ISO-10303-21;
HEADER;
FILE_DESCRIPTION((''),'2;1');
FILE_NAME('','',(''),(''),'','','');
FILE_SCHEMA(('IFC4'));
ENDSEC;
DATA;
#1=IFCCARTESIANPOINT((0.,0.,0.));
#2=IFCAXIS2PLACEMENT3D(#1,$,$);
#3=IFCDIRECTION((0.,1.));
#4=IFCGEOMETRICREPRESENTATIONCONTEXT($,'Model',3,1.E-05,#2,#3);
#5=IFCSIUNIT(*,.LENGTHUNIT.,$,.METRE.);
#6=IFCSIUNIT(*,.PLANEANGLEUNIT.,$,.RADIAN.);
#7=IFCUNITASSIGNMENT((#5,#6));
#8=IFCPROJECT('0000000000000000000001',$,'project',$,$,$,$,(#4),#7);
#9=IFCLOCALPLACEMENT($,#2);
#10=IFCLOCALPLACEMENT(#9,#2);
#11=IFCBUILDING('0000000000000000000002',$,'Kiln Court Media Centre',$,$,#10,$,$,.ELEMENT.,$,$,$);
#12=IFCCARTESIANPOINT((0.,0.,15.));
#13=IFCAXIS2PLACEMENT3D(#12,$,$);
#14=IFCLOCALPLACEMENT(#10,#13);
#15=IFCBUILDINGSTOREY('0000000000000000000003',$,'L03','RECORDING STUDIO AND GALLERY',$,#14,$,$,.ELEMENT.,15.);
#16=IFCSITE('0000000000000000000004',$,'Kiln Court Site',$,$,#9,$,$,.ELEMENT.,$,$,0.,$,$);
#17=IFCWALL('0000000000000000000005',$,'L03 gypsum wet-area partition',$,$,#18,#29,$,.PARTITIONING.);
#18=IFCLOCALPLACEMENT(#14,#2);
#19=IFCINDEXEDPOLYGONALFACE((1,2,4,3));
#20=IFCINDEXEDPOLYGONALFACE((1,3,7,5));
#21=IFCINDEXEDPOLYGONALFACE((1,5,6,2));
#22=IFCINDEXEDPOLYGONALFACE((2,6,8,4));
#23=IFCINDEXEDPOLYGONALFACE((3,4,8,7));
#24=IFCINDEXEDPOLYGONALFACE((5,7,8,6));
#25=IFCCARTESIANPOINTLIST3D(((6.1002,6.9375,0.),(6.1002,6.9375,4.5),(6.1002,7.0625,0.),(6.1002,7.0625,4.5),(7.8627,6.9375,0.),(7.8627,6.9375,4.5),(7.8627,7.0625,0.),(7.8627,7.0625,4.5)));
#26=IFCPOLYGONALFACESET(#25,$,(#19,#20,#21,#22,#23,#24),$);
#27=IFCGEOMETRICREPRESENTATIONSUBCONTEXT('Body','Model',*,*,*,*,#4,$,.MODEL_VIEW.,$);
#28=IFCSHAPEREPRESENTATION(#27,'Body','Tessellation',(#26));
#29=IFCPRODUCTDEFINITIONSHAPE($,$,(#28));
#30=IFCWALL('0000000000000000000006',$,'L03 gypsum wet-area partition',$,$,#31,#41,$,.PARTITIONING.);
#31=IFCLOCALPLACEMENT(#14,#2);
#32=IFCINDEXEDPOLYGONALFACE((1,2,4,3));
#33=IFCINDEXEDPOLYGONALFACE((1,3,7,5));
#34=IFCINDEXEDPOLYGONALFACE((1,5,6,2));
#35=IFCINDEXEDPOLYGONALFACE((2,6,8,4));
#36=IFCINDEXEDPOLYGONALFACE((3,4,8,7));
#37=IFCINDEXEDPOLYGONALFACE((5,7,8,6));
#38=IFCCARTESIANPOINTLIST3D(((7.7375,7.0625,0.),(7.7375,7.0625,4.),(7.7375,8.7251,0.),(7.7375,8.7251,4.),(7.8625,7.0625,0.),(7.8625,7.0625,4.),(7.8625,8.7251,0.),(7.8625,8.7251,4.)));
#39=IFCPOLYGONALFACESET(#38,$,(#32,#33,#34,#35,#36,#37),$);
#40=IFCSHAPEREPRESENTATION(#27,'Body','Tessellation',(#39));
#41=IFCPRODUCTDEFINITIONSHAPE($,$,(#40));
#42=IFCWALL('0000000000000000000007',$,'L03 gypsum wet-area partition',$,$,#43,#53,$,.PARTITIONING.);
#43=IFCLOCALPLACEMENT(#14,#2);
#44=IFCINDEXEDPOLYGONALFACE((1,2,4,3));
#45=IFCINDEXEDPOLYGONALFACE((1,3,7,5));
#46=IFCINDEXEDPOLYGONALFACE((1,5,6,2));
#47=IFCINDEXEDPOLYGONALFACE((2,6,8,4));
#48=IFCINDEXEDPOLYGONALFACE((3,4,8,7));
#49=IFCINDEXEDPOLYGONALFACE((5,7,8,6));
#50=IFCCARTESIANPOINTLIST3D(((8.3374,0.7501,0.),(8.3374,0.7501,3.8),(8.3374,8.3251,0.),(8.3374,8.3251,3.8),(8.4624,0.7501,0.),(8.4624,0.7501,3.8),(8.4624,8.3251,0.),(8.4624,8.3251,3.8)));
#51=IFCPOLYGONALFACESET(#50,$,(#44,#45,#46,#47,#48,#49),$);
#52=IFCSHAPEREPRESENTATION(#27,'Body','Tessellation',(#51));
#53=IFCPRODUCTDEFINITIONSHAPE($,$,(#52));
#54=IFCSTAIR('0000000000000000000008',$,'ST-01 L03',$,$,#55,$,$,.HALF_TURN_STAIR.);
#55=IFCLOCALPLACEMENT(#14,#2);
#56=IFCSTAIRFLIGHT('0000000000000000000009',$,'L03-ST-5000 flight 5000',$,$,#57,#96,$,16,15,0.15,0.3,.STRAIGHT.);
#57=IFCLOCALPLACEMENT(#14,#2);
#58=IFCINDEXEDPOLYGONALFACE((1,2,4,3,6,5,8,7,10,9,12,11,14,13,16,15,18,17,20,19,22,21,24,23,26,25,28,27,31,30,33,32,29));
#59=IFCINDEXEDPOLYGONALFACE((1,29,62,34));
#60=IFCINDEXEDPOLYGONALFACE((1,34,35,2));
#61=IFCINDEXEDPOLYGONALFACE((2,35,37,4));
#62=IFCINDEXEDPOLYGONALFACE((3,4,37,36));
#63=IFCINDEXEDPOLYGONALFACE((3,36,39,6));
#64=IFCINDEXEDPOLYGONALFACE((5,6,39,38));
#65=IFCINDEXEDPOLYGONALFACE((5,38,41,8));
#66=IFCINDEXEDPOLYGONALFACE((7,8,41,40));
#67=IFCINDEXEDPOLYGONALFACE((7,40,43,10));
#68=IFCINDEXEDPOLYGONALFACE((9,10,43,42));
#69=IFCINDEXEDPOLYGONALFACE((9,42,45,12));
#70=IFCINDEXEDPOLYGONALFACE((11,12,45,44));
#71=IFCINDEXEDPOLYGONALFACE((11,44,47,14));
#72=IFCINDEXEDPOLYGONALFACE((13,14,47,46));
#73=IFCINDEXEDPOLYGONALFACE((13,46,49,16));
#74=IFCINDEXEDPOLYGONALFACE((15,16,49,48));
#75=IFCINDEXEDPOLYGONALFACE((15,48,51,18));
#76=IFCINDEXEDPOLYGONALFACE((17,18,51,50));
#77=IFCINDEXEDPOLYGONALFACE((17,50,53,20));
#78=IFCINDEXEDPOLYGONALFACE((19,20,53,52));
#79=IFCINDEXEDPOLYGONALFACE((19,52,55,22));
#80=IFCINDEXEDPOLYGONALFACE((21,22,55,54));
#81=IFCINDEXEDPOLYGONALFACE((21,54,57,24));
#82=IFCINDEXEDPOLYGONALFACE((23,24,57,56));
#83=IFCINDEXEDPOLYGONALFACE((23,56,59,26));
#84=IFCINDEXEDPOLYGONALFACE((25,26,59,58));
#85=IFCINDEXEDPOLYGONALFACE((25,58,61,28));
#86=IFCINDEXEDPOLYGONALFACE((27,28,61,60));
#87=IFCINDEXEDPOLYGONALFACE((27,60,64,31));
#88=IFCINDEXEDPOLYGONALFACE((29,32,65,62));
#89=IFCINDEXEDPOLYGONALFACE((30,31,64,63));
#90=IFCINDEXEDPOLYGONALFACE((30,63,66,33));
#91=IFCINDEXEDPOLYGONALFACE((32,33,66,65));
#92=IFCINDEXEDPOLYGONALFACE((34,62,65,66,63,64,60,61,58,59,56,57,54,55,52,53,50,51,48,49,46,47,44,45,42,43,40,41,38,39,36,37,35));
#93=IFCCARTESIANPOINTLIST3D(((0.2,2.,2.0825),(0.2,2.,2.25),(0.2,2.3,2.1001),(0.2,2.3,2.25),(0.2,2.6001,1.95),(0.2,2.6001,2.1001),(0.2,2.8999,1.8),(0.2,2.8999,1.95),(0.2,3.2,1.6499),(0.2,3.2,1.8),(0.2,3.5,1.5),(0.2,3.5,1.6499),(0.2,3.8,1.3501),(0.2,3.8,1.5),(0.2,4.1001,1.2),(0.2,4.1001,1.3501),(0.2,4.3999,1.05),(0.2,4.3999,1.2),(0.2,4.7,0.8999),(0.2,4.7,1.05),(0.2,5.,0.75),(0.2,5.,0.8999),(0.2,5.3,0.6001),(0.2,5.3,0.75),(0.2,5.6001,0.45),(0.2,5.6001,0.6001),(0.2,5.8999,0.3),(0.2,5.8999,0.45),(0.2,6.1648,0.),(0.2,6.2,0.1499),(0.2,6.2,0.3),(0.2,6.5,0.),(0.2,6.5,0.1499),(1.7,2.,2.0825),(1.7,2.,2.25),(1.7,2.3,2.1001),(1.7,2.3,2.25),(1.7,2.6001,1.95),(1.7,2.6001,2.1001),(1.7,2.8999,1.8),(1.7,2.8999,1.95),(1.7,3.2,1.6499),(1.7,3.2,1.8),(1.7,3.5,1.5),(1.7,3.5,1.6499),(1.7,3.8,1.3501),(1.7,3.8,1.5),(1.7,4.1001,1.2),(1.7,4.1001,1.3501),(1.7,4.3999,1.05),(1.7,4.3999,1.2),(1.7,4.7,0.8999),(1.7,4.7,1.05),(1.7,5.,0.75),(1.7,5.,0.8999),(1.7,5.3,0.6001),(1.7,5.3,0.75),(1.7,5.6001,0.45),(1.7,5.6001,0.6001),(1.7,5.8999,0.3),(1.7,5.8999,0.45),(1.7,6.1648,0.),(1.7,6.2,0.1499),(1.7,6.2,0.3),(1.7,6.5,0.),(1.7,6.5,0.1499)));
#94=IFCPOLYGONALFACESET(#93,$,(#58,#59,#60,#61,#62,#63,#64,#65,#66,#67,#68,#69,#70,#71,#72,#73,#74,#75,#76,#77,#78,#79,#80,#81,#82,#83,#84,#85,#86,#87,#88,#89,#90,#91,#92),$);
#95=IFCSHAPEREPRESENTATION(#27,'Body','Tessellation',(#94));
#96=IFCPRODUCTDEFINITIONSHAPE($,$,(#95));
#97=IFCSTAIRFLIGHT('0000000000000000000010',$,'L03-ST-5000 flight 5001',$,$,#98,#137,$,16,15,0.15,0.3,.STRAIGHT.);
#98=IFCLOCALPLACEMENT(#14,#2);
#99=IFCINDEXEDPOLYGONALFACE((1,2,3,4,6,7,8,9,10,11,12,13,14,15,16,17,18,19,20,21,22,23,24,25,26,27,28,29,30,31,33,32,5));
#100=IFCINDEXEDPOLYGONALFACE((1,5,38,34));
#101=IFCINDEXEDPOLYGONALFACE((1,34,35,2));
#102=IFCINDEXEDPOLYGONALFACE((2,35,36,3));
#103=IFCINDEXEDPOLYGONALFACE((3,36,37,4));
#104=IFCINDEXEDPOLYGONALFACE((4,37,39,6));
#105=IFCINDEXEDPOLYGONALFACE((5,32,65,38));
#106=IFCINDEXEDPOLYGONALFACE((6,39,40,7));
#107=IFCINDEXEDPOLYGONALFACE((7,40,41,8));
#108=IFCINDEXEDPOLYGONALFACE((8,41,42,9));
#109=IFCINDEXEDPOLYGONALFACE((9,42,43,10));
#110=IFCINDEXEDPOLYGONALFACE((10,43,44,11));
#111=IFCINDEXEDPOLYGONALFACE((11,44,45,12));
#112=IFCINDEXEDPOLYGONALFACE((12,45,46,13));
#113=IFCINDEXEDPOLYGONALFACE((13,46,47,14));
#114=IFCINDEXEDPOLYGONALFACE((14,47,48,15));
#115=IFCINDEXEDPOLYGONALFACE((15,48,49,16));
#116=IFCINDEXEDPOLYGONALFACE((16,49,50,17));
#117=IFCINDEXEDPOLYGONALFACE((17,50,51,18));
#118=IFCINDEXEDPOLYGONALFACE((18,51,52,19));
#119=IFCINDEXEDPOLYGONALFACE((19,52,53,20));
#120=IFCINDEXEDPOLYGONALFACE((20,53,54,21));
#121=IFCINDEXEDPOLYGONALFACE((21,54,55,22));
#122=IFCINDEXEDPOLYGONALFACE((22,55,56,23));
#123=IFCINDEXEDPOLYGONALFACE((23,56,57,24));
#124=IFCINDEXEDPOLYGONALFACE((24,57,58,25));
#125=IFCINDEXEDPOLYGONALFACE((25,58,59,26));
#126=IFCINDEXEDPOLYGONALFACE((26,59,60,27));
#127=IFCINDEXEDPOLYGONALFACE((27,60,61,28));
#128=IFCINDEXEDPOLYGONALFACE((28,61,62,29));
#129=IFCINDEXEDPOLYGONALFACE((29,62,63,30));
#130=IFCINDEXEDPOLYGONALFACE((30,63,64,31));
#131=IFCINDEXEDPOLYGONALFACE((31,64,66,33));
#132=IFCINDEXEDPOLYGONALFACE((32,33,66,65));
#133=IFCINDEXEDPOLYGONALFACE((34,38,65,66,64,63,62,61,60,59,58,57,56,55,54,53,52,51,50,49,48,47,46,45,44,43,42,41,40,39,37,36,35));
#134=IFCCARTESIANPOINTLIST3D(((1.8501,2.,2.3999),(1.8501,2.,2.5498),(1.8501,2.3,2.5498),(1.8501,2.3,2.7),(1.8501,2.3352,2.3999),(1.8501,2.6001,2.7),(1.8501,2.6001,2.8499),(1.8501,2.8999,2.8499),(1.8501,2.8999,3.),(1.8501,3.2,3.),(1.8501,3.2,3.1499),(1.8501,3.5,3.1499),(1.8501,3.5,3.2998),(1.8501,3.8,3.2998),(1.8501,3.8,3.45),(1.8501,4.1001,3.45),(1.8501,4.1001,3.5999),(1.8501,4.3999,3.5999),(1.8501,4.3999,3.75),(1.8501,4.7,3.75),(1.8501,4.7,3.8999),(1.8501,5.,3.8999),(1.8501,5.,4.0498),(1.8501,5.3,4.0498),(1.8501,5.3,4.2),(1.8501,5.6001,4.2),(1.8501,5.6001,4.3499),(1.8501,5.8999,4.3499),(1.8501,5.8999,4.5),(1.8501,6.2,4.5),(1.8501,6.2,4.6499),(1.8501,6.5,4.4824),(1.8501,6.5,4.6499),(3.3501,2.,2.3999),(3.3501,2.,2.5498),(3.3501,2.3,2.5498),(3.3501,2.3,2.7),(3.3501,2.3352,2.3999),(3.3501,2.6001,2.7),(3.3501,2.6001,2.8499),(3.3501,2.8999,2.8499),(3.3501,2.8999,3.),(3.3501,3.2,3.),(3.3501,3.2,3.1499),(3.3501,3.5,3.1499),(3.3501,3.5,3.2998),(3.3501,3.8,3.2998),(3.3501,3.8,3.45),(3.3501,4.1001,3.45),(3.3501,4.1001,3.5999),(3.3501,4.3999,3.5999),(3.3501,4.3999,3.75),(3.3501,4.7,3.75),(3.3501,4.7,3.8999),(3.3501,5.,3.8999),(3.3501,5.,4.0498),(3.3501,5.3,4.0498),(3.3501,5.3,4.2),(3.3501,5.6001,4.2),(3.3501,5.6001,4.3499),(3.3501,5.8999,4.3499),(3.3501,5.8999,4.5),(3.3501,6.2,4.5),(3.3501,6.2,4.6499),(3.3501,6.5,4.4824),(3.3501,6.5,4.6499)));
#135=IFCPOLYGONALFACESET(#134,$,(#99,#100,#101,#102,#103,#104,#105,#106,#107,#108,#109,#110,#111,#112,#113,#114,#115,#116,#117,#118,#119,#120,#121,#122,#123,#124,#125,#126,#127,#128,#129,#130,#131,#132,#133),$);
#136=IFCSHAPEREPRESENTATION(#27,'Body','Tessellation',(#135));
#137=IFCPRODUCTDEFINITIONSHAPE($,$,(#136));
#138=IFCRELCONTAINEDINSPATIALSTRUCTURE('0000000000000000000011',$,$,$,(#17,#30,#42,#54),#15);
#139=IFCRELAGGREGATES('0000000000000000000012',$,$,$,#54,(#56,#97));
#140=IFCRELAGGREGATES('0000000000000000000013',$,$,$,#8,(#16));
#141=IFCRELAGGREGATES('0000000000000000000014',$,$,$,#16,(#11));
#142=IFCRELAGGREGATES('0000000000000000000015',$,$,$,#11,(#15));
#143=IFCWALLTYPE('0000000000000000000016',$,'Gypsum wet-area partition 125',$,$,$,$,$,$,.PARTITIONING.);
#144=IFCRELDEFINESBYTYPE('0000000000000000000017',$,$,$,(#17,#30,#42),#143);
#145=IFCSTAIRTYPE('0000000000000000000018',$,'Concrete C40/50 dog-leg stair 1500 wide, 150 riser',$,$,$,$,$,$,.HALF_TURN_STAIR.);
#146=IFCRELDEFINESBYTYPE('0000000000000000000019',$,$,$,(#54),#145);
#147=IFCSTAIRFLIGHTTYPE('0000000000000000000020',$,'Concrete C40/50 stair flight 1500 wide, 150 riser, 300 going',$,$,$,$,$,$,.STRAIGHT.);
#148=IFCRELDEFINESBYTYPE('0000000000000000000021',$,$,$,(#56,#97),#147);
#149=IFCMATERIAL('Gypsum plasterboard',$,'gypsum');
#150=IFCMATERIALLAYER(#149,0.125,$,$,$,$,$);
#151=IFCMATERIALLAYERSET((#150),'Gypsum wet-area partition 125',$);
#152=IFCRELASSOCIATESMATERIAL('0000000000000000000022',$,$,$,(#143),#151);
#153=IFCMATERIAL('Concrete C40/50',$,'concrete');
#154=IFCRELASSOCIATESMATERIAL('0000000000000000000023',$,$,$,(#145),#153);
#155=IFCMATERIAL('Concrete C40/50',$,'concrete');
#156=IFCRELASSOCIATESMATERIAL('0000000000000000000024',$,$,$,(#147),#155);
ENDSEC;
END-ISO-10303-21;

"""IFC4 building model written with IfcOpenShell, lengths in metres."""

from ifc_helpers import new_model, si_unit, direction, frame, frame_2d, origin, place, context, subcontext, project, spatial, polyline, rectangle, outline, extrude, material, layer, layer_set, type_object, element, aggregate, save


model = new_model("IFC4")

# Units and contexts
model_context = context("Model", 3, precision=1e-05, world=origin(), true_north=direction((0.0, 1.0)))
body_context = subcontext(model_context, "Body", "Model", "MODEL_VIEW")
ifc_project = project(units=[si_unit("LENGTHUNIT", "METRE"), si_unit("PLANEANGLEUNIT", "RADIAN")], contexts=[model_context])

# Site, building, storey
site_placement = place(None, origin())
site = spatial("IfcSite", under=ifc_project, at=site_placement, Name="Kiln Court Site", CompositionType="ELEMENT", RefElevation=0.0)
building_placement = place(site_placement, origin())
building = spatial("IfcBuilding", under=site, at=building_placement, Name="Kiln Court Media Centre", CompositionType="ELEMENT")
storey_placement = place(building_placement, frame((0.0, 0.0, 15.0)))
storey = spatial("IfcBuildingStorey", under=building, at=storey_placement, Name="L03", Description="RECORDING STUDIO AND GALLERY", CompositionType="ELEMENT", Elevation=15.0)

# Walls
ifc_material_1 = material(Name="Gypsum plasterboard", Category="gypsum")
ifc_layer_1 = layer(ifc_material_1, 0.125)
ifc_layer_set_1 = layer_set([ifc_layer_1], Name="Gypsum wet-area partition 125")
wall_type_1 = type_object("IfcWallType", Name="Gypsum wet-area partition 125", PredefinedType="PARTITIONING", material=ifc_layer_set_1)
wall_1_placement = place(storey_placement, frame((6.1001, 7.0, 0.0), z_axis=(0.0, 0.0, 1.0), x_axis=(1.0, 0.0, 0.0)))
element("IfcWall", 1, at=wall_1_placement, inside=storey, type_object=wall_type_1, Name="L03 gypsum wet-area partition", PredefinedType="PARTITIONING", context=body_context, shape_type="SweptSolid", body=[
    extrude(rectangle(XDim=1.7625, YDim=0.125, at=frame_2d((0.8813, 0.0))), origin(), (0.0, 0.0, 1.0), 4.5),
])
wall_2_placement = place(storey_placement, frame((7.8, 7.0625, 0.0), z_axis=(0.0, 0.0, 1.0), x_axis=(0.0, 1.0, 0.0)))
element("IfcWall", 2, at=wall_2_placement, inside=storey, type_object=wall_type_1, Name="L03 gypsum wet-area partition", PredefinedType="PARTITIONING", context=body_context, shape_type="SweptSolid", body=[
    extrude(rectangle(XDim=1.6626, YDim=0.125, at=frame_2d((0.8313, 0.0))), origin(), (0.0, 0.0, 1.0), 4.0),
])
wall_3_placement = place(storey_placement, frame((8.3999, 0.75, 0.0), z_axis=(0.0, 0.0, 1.0), x_axis=(0.0, 1.0, 0.0)))
element("IfcWall", 3, at=wall_3_placement, inside=storey, type_object=wall_type_1, Name="L03 gypsum wet-area partition", PredefinedType="PARTITIONING", context=body_context, shape_type="SweptSolid", body=[
    extrude(rectangle(XDim=7.575, YDim=0.125, at=frame_2d((3.7876, 0.0))), origin(), (0.0, 0.0, 1.0), 3.8),
])

# Stair, stair flights
ifc_material_2 = material(Name="Concrete C40/50", Category="concrete")
stair_type = type_object("IfcStairType", Name="Concrete C40/50 dog-leg stair 1500 wide, 150 riser", PredefinedType="HALF_TURN_STAIR", material=ifc_material_2)
stair_placement = place(storey_placement, origin())
stair = element("IfcStair", 4, at=stair_placement, inside=storey, type_object=stair_type, Name="ST-01 L03", PredefinedType="HALF_TURN_STAIR")
ifc_material_3 = material(Name="Concrete C40/50", Category="concrete")
stair_flight_type = type_object("IfcStairFlightType", Name="Concrete C40/50 stair flight 1500 wide, 150 riser, 300 going", PredefinedType="STRAIGHT", material=ifc_material_3)
stair_flight_1_placement = place(storey_placement, frame((0.95, 6.5, 0.0), z_axis=(0.0, 0.0, 1.0), x_axis=(0.0, -1.0, 0.0)))
stair_flight_1 = element("IfcStairFlight", 5, at=stair_flight_1_placement, type_object=stair_flight_type, Name="L03-ST-5000 flight 5000", NumberOfRisers=16, NumberOfTreads=15, PredefinedType="STRAIGHT", RiserHeight=0.15, TreadLength=0.3, context=body_context, shape_type="SweptSolid", body=[
    extrude(outline(polyline([(0.0, 0.0), (0.0, 0.1499), (0.3, 0.1499), (0.3, 0.3), (0.6001, 0.3), (0.6001, 0.45), (0.8999, 0.45), (0.8999, 0.6001), (1.2, 0.6001), (1.2, 0.75), (1.5, 0.75), (1.5, 0.8999), (1.8, 0.8999), (1.8, 1.05), (2.1001, 1.05), (2.1001, 1.2), (2.3999, 1.2), (2.3999, 1.3501), (2.7, 1.3501), (2.7, 1.5), (3.0, 1.5), (3.0, 1.6499), (3.3, 1.6499), (3.3, 1.8), (3.6001, 1.8), (3.6001, 1.95), (3.8999, 1.95), (3.8999, 2.1001), (4.2, 2.1001), (4.2, 2.25), (4.5, 2.25), (4.5, 2.3999), (4.5, 2.0825), (0.3352, 0.0), (0.0, 0.0)])), frame((0.0, 0.75, 0.0), z_axis=(0.0, -1.0, 0.0), x_axis=(1.0, 0.0, 0.0)), (0.0, 0.0, 1.0), 1.5),
])
stair_flight_2_placement = place(storey_placement, frame((2.6001, 2.0, 2.3999), z_axis=(0.0, 0.0, 1.0), x_axis=(0.0, 1.0, 0.0)))
stair_flight_2 = element("IfcStairFlight", 6, at=stair_flight_2_placement, type_object=stair_flight_type, Name="L03-ST-5000 flight 5001", NumberOfRisers=16, NumberOfTreads=15, PredefinedType="STRAIGHT", RiserHeight=0.15, TreadLength=0.3, context=body_context, shape_type="SweptSolid", body=[
    extrude(outline(polyline([(0.0, 0.0), (0.0, 0.1499), (0.3, 0.1499), (0.3, 0.3), (0.6001, 0.3), (0.6001, 0.45), (0.8999, 0.45), (0.8999, 0.6001), (1.2, 0.6001), (1.2, 0.75), (1.5, 0.75), (1.5, 0.8999), (1.8, 0.8999), (1.8, 1.05), (2.1001, 1.05), (2.1001, 1.2), (2.3999, 1.2), (2.3999, 1.3501), (2.7, 1.3501), (2.7, 1.5), (3.0, 1.5), (3.0, 1.6499), (3.3, 1.6499), (3.3, 1.8), (3.6001, 1.8), (3.6001, 1.95), (3.8999, 1.95), (3.8999, 2.1001), (4.2, 2.1001), (4.2, 2.25), (4.5, 2.25), (4.5, 2.3999), (4.5, 2.0825), (0.3352, 0.0), (0.0, 0.0)])), frame((0.0, 0.75, 0.0), z_axis=(0.0, -1.0, 0.0), x_axis=(1.0, 0.0, 0.0)), (0.0, 0.0, 1.0), 1.5),
])
aggregate(stair, [stair_flight_1, stair_flight_2])

save(model, "model.ifc")
